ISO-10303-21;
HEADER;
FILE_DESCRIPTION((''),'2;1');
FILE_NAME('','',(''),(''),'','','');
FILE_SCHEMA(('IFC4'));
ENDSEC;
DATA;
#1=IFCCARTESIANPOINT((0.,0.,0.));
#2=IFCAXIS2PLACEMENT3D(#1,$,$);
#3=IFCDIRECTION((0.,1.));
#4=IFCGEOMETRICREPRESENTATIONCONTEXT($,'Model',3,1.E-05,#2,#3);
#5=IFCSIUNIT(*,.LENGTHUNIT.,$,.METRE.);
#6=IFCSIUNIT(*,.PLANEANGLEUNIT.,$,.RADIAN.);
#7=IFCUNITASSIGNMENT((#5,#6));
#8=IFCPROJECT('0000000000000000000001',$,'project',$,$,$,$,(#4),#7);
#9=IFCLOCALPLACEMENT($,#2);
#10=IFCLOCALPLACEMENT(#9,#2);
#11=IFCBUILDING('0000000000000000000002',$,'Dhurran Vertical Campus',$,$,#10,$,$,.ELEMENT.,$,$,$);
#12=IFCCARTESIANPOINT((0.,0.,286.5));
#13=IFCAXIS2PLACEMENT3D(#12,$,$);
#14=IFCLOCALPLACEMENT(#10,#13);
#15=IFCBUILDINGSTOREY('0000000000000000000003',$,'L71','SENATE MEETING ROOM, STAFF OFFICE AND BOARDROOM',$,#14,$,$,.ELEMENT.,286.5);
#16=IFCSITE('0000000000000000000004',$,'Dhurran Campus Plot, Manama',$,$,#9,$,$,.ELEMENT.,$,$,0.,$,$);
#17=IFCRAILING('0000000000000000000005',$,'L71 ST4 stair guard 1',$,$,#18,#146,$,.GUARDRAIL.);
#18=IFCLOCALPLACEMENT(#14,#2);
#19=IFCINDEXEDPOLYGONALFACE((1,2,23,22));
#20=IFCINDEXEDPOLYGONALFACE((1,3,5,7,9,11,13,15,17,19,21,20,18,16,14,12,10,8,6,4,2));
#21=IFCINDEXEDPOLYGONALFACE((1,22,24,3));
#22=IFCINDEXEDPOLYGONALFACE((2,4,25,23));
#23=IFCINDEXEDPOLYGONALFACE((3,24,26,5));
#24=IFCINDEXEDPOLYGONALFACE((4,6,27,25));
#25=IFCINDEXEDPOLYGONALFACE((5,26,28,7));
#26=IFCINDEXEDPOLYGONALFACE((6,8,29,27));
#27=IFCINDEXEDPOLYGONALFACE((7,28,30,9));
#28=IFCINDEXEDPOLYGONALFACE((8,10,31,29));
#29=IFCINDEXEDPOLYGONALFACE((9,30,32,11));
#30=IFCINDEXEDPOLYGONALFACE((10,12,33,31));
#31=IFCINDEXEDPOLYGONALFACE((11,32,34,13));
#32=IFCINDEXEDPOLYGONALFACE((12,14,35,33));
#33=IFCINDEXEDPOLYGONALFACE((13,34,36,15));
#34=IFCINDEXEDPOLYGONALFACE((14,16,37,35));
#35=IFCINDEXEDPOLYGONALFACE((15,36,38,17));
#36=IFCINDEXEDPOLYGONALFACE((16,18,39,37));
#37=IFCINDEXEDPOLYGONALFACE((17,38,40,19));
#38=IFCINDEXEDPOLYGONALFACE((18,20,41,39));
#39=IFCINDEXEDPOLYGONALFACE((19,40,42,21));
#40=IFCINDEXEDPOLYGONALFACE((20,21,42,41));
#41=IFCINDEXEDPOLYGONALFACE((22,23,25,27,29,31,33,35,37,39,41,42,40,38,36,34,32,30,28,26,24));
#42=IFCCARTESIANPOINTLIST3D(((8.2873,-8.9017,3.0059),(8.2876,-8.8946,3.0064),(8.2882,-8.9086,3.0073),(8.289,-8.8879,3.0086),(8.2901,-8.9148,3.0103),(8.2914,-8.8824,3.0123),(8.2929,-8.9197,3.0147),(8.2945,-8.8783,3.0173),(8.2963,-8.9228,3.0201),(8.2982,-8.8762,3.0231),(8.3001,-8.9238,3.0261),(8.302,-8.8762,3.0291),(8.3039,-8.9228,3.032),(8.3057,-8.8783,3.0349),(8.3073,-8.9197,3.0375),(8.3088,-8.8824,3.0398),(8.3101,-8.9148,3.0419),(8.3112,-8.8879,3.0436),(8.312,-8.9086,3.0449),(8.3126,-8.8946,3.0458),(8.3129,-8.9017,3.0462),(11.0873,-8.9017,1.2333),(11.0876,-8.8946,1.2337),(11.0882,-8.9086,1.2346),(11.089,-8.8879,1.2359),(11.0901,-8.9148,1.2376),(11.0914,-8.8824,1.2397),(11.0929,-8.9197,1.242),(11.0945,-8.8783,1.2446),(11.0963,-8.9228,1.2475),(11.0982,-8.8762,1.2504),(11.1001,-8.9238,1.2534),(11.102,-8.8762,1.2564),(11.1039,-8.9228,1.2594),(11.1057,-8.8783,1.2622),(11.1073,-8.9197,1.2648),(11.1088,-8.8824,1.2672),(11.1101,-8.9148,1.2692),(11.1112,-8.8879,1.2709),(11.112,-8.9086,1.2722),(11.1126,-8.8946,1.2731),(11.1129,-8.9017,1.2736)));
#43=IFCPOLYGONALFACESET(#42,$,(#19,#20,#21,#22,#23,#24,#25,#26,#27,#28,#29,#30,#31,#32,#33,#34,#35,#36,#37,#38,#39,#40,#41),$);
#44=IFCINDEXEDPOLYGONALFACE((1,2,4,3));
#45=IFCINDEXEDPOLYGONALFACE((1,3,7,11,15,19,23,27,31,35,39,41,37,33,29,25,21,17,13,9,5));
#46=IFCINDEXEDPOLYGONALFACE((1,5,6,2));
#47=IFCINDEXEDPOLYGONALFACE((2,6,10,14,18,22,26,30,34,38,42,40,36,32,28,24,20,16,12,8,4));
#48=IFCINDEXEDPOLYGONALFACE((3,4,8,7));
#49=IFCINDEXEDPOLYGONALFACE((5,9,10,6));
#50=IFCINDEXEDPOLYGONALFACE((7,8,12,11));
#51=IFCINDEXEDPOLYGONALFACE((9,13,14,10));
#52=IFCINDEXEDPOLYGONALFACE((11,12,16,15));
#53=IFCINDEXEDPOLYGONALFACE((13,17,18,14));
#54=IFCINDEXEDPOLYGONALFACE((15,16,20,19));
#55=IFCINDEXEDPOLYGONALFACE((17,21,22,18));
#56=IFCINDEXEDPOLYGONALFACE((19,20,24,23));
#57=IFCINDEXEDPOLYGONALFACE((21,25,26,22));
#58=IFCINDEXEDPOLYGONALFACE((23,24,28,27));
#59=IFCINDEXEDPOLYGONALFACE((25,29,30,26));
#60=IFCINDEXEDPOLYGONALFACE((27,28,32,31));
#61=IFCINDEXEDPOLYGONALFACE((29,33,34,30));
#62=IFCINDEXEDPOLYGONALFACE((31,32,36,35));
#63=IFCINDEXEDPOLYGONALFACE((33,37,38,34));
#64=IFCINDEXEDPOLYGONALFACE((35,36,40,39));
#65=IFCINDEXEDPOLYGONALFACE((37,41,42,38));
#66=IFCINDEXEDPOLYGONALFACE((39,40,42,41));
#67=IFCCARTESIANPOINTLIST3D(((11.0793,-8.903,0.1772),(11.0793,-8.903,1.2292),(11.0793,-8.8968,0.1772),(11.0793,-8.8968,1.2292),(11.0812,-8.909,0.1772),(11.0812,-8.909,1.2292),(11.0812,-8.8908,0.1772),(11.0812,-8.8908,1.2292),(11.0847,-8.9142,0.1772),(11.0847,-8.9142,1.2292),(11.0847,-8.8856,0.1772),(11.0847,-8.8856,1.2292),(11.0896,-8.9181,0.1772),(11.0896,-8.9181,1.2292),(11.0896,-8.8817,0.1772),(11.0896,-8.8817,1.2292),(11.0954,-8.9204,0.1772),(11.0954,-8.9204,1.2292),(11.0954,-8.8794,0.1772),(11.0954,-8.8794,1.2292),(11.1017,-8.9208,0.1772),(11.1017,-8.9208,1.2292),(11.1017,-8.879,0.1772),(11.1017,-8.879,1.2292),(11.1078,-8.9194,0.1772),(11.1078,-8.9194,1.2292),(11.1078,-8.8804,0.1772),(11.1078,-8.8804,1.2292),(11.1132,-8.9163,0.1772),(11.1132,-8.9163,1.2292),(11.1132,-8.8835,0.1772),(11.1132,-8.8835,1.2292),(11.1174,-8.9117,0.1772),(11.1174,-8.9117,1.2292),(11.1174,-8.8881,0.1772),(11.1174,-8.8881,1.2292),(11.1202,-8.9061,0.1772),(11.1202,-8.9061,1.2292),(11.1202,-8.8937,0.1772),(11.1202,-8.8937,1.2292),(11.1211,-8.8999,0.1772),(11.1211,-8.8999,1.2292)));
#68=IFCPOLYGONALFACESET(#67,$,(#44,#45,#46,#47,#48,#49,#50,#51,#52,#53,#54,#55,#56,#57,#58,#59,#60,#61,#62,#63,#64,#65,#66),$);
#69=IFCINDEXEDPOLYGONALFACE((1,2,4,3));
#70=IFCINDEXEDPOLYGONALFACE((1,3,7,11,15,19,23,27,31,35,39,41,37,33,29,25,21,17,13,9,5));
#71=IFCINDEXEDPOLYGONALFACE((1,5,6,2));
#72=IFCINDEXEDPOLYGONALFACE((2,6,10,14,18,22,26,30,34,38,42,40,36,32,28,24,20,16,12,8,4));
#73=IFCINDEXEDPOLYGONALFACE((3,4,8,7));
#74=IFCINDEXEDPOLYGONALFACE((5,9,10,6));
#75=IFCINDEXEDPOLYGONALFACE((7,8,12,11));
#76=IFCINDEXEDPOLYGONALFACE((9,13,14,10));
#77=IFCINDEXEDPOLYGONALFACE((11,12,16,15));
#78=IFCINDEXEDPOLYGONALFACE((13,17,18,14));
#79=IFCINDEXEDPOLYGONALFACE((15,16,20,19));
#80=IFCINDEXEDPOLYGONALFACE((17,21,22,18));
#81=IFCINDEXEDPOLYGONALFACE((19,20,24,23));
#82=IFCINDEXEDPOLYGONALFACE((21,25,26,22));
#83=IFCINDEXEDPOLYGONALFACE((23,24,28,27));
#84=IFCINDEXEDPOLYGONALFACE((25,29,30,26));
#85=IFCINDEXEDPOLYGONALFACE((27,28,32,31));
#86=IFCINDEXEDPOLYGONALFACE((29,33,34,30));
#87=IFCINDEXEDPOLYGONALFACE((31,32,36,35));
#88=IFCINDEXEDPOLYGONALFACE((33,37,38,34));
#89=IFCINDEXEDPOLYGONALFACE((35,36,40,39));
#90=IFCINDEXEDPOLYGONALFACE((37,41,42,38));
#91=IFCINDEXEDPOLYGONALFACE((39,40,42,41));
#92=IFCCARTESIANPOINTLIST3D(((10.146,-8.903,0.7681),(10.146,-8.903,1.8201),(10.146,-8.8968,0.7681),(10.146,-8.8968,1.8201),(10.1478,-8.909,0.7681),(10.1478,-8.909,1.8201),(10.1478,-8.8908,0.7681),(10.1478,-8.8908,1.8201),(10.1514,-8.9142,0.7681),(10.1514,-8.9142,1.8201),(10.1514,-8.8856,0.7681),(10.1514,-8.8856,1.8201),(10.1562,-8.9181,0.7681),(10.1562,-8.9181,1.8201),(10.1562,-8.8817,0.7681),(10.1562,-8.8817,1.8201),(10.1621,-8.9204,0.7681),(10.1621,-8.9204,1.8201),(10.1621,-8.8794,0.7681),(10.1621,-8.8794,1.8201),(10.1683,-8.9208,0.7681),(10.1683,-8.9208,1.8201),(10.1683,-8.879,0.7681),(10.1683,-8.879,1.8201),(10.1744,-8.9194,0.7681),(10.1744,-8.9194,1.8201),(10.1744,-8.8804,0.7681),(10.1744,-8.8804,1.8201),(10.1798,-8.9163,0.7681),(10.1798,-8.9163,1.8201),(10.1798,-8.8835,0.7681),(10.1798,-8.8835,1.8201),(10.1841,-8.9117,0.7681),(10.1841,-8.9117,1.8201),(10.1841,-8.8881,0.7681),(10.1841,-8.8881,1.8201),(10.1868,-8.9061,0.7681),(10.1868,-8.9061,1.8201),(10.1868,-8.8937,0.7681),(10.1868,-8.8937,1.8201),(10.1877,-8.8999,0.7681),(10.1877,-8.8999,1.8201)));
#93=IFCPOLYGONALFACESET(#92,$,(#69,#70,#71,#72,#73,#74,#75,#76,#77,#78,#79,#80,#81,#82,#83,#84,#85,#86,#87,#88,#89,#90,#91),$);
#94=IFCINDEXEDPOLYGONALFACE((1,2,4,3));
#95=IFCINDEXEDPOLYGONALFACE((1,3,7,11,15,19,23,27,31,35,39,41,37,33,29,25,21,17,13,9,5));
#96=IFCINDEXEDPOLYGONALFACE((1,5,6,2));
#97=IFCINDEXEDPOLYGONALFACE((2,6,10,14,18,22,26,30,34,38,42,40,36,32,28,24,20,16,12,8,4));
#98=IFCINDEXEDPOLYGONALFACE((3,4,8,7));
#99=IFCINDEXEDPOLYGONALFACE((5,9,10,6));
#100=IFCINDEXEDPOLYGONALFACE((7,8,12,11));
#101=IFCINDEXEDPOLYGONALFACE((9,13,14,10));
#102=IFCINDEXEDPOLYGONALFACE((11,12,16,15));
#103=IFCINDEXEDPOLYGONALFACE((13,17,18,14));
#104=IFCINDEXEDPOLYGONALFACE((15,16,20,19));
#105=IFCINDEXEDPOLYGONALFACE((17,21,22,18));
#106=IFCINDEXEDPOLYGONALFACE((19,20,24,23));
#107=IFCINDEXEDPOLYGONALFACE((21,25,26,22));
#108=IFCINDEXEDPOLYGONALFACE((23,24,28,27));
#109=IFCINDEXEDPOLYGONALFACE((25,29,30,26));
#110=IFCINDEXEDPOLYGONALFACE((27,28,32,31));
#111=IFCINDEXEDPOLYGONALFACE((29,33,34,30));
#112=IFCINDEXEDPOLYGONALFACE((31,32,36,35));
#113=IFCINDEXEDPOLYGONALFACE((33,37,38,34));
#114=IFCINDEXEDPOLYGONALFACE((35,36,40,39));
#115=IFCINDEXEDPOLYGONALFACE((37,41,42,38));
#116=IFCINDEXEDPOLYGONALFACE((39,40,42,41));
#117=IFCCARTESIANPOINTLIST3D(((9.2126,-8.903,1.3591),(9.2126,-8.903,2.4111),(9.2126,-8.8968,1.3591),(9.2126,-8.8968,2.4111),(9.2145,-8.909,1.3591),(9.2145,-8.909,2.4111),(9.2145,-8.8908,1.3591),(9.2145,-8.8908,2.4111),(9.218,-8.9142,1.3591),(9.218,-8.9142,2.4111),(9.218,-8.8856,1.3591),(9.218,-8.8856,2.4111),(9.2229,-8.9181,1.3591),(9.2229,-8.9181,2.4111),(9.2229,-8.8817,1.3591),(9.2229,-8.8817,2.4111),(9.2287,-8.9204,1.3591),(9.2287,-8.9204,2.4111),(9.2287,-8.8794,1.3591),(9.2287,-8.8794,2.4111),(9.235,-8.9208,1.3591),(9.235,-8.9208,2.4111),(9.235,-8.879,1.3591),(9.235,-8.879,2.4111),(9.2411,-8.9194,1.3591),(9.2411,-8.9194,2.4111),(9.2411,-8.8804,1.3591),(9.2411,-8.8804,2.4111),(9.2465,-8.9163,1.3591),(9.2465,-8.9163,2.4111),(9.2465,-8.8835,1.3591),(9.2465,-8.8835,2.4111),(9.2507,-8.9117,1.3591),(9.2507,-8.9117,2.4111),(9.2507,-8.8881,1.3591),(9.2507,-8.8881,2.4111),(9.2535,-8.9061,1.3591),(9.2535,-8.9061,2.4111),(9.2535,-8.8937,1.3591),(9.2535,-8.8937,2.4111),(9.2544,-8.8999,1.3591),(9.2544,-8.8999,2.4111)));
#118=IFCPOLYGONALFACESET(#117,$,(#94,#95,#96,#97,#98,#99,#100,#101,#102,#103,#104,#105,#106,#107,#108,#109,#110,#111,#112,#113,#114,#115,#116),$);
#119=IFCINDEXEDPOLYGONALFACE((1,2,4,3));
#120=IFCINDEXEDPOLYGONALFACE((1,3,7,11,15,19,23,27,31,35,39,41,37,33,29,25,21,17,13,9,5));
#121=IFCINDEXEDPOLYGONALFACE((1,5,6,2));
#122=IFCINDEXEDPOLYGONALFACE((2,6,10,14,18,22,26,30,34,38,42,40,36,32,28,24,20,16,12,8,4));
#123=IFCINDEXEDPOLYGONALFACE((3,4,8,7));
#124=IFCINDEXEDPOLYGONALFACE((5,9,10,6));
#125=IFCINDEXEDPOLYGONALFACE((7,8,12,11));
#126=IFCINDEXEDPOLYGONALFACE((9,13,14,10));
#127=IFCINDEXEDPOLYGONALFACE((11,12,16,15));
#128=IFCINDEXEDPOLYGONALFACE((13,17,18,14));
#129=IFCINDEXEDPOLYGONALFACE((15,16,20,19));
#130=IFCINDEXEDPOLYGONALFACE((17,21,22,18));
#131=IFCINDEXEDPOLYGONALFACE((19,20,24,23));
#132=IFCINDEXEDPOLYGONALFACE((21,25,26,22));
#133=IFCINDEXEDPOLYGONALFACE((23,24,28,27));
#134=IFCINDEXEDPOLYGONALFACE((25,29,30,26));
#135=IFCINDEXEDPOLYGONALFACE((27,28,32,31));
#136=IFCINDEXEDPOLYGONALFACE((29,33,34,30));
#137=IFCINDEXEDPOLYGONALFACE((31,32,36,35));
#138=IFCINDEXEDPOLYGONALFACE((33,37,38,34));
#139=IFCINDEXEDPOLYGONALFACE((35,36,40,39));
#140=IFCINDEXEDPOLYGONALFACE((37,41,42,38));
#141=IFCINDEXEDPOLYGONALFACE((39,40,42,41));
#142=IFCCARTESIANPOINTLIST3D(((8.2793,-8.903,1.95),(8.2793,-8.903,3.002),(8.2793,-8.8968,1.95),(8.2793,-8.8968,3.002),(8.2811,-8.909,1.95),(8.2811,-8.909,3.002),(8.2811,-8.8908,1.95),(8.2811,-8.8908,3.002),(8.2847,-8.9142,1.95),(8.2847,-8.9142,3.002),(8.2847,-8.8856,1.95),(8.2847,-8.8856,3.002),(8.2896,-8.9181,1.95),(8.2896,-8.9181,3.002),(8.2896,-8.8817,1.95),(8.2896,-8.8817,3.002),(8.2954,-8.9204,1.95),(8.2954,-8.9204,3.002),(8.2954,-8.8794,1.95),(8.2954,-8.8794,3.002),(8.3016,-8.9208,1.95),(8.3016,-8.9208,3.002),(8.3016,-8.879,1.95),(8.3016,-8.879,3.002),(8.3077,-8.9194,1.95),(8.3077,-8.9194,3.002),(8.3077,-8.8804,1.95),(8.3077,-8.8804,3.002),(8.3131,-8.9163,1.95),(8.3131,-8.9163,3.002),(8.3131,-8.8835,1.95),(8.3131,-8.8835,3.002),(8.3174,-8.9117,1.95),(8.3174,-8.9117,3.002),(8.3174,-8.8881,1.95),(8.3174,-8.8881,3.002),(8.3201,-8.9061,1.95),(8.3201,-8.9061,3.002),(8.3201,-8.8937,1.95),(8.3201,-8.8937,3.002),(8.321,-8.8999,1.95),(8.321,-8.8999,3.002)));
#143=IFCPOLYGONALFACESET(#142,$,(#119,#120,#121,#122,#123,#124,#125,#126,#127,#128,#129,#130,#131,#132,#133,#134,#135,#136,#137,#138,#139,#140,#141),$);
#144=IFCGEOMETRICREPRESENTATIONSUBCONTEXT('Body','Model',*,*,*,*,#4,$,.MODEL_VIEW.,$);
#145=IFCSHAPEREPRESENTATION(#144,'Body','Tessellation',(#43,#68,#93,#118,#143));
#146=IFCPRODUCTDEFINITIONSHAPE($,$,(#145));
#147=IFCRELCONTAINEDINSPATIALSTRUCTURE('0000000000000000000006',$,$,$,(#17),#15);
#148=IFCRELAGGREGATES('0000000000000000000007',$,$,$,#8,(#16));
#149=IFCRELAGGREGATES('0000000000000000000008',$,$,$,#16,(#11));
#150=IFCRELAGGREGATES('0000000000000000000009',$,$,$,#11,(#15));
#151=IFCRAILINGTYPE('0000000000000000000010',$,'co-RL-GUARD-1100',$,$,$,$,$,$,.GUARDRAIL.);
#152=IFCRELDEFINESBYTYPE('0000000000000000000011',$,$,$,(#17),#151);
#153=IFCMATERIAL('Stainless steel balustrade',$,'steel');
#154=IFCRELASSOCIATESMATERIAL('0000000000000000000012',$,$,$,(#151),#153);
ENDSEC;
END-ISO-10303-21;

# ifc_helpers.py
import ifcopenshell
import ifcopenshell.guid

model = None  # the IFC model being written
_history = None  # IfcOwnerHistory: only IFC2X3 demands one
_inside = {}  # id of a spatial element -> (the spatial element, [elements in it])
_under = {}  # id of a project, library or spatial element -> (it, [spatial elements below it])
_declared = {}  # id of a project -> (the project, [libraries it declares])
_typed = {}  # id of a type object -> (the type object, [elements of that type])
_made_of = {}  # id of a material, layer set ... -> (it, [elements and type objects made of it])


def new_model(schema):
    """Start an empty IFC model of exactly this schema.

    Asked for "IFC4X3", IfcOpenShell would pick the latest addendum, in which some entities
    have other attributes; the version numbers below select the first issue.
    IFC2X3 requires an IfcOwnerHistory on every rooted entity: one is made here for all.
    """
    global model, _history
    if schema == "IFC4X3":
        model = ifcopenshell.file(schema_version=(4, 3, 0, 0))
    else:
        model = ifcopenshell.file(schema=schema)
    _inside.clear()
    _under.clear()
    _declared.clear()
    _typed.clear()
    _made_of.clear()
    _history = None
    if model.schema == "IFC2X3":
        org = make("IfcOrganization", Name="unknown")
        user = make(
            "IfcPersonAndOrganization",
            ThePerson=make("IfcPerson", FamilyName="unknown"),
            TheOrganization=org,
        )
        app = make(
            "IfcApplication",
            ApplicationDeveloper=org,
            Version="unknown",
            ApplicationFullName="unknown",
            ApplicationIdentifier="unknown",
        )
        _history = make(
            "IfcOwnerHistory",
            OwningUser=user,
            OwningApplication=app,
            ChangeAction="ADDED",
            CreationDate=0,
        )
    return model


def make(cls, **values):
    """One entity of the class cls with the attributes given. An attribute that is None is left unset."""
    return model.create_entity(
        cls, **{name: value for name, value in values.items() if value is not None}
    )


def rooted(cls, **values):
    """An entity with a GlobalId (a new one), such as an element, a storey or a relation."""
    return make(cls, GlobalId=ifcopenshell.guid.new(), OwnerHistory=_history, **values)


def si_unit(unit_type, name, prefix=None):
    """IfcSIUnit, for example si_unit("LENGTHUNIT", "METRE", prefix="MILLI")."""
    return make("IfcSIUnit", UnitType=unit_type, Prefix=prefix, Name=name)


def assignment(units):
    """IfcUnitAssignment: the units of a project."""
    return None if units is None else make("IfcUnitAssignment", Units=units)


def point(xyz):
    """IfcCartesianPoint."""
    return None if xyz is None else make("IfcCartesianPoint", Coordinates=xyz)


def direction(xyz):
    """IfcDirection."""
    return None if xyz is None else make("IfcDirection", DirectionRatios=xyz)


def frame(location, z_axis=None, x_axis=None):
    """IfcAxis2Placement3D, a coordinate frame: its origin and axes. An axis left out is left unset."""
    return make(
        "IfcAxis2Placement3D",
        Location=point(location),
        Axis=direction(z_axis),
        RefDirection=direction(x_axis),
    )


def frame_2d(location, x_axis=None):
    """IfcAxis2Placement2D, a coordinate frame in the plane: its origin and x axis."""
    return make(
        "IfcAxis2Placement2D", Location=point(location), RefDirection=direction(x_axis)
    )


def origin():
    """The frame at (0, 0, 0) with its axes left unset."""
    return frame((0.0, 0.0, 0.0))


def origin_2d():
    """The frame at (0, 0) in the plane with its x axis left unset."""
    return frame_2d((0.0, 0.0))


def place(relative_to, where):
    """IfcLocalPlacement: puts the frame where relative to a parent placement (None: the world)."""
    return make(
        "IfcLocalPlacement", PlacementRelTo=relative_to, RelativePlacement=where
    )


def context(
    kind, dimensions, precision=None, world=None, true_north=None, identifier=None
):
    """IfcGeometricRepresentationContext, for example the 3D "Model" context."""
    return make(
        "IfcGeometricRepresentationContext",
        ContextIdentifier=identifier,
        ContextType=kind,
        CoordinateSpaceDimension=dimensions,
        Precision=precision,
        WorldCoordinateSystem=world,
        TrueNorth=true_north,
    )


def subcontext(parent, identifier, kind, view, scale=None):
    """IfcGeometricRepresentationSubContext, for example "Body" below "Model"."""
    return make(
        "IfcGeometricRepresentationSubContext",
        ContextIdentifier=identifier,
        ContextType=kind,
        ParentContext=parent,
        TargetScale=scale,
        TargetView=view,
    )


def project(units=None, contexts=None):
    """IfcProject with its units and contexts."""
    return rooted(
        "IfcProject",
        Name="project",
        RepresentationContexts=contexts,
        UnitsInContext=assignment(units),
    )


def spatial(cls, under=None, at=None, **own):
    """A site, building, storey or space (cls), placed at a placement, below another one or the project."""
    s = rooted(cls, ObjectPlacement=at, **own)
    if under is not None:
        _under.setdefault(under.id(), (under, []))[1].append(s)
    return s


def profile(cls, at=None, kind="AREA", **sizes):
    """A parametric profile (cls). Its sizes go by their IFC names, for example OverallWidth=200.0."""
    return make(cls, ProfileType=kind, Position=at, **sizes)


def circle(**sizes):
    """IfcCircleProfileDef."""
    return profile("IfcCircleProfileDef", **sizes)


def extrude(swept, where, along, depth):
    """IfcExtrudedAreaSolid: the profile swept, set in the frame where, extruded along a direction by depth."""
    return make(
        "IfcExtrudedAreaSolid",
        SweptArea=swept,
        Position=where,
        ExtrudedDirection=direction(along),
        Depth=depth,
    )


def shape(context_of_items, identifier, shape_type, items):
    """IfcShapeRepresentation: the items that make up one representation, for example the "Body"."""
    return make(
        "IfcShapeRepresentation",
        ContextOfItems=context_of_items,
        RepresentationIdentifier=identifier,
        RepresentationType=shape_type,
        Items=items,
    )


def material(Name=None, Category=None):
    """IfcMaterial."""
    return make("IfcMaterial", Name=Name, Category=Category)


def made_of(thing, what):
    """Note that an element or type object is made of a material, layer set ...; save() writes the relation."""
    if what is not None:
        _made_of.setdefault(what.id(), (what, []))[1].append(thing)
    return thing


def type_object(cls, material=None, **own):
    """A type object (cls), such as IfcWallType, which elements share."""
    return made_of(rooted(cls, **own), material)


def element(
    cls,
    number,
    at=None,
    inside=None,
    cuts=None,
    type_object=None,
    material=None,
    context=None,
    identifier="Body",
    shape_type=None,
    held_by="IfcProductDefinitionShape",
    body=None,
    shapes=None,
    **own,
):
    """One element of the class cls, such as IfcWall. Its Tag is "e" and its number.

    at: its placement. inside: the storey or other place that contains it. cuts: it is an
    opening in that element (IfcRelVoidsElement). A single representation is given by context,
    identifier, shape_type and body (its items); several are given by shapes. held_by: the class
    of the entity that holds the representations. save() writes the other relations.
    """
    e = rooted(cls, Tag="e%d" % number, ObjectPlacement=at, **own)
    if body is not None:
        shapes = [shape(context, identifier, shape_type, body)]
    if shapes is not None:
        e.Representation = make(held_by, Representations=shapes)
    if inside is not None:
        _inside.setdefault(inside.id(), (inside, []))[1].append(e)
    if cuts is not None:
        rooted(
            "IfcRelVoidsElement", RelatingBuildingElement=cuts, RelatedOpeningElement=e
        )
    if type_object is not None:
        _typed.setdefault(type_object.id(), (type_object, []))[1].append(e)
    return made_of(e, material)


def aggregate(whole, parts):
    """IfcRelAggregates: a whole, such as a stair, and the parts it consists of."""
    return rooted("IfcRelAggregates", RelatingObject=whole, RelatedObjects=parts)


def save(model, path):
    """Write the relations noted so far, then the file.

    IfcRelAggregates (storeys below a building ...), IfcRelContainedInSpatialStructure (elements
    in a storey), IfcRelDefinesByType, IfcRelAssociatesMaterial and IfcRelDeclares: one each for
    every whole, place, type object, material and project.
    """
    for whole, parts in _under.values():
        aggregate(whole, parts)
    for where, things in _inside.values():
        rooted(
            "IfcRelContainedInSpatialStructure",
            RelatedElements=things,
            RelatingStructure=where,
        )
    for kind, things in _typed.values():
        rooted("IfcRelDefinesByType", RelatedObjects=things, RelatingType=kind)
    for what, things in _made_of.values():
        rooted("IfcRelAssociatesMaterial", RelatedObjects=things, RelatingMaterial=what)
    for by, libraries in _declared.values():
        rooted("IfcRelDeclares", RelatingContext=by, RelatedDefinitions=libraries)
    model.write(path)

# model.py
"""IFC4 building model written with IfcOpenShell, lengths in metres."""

from ifc_helpers import new_model, si_unit, direction, frame, origin, origin_2d, place, context, subcontext, project, spatial, circle, extrude, material, type_object, element, save


model = new_model("IFC4")

# Units and contexts
model_context = context("Model", 3, precision=1e-05, world=origin(), true_north=direction((0.0, 1.0)))
body_context = subcontext(model_context, "Body", "Model", "MODEL_VIEW")
ifc_project = project(units=[si_unit("LENGTHUNIT", "METRE"), si_unit("PLANEANGLEUNIT", "RADIAN")], contexts=[model_context])

# Site, building, storey
site_placement = place(None, origin())
site = spatial("IfcSite", under=ifc_project, at=site_placement, Name="Dhurran Campus Plot, Manama", CompositionType="ELEMENT", RefElevation=0.0)
building_placement = place(site_placement, origin())
building = spatial("IfcBuilding", under=site, at=building_placement, Name="Dhurran Vertical Campus", CompositionType="ELEMENT")
storey_placement = place(building_placement, frame((0.0, 0.0, 286.5)))
storey = spatial("IfcBuildingStorey", under=building, at=storey_placement, Name="L71", Description="SENATE MEETING ROOM, STAFF OFFICE AND BOARDROOM", CompositionType="ELEMENT", Elevation=286.5)

# Railing
ifc_material_1 = material(Name="Stainless steel balustrade", Category="steel")
railing_type_1 = type_object("IfcRailingType", Name="co-RL-GUARD-1100", PredefinedType="GUARDRAIL", material=ifc_material_1)
railing_1_placement = place(storey_placement, frame((11.1001, -8.8999, 0.1772)))
element("IfcRailing", 1, at=railing_1_placement, inside=storey, type_object=railing_type_1, Name="L71 ST4 stair guard 1", PredefinedType="GUARDRAIL", context=body_context, shape_type="SweptSolid", body=[
    extrude(circle(Radius=0.0239, at=origin_2d()), frame((0.0, 0.0, 1.0762), z_axis=(-0.844909, 0.0, 0.53491), x_axis=(0.0, -1.0, 0.0)), (0.0, 0.0, 1.0), 3.314),
    extrude(circle(Radius=0.021, at=origin_2d()), origin(), (0.0, 0.0, 1.0), 1.052),
    extrude(circle(Radius=0.021, at=origin_2d()), frame((-0.9333, 0.0, 0.5908)), (0.0, 0.0, 1.0), 1.052),
    extrude(circle(Radius=0.021, at=origin_2d()), frame((-1.8667, 0.0, 1.1819)), (0.0, 0.0, 1.0), 1.052),
    extrude(circle(Radius=0.021, at=origin_2d()), frame((-2.8, 0.0, 1.7727)), (0.0, 0.0, 1.0), 1.052),
])

save(model, "model.ifc")
